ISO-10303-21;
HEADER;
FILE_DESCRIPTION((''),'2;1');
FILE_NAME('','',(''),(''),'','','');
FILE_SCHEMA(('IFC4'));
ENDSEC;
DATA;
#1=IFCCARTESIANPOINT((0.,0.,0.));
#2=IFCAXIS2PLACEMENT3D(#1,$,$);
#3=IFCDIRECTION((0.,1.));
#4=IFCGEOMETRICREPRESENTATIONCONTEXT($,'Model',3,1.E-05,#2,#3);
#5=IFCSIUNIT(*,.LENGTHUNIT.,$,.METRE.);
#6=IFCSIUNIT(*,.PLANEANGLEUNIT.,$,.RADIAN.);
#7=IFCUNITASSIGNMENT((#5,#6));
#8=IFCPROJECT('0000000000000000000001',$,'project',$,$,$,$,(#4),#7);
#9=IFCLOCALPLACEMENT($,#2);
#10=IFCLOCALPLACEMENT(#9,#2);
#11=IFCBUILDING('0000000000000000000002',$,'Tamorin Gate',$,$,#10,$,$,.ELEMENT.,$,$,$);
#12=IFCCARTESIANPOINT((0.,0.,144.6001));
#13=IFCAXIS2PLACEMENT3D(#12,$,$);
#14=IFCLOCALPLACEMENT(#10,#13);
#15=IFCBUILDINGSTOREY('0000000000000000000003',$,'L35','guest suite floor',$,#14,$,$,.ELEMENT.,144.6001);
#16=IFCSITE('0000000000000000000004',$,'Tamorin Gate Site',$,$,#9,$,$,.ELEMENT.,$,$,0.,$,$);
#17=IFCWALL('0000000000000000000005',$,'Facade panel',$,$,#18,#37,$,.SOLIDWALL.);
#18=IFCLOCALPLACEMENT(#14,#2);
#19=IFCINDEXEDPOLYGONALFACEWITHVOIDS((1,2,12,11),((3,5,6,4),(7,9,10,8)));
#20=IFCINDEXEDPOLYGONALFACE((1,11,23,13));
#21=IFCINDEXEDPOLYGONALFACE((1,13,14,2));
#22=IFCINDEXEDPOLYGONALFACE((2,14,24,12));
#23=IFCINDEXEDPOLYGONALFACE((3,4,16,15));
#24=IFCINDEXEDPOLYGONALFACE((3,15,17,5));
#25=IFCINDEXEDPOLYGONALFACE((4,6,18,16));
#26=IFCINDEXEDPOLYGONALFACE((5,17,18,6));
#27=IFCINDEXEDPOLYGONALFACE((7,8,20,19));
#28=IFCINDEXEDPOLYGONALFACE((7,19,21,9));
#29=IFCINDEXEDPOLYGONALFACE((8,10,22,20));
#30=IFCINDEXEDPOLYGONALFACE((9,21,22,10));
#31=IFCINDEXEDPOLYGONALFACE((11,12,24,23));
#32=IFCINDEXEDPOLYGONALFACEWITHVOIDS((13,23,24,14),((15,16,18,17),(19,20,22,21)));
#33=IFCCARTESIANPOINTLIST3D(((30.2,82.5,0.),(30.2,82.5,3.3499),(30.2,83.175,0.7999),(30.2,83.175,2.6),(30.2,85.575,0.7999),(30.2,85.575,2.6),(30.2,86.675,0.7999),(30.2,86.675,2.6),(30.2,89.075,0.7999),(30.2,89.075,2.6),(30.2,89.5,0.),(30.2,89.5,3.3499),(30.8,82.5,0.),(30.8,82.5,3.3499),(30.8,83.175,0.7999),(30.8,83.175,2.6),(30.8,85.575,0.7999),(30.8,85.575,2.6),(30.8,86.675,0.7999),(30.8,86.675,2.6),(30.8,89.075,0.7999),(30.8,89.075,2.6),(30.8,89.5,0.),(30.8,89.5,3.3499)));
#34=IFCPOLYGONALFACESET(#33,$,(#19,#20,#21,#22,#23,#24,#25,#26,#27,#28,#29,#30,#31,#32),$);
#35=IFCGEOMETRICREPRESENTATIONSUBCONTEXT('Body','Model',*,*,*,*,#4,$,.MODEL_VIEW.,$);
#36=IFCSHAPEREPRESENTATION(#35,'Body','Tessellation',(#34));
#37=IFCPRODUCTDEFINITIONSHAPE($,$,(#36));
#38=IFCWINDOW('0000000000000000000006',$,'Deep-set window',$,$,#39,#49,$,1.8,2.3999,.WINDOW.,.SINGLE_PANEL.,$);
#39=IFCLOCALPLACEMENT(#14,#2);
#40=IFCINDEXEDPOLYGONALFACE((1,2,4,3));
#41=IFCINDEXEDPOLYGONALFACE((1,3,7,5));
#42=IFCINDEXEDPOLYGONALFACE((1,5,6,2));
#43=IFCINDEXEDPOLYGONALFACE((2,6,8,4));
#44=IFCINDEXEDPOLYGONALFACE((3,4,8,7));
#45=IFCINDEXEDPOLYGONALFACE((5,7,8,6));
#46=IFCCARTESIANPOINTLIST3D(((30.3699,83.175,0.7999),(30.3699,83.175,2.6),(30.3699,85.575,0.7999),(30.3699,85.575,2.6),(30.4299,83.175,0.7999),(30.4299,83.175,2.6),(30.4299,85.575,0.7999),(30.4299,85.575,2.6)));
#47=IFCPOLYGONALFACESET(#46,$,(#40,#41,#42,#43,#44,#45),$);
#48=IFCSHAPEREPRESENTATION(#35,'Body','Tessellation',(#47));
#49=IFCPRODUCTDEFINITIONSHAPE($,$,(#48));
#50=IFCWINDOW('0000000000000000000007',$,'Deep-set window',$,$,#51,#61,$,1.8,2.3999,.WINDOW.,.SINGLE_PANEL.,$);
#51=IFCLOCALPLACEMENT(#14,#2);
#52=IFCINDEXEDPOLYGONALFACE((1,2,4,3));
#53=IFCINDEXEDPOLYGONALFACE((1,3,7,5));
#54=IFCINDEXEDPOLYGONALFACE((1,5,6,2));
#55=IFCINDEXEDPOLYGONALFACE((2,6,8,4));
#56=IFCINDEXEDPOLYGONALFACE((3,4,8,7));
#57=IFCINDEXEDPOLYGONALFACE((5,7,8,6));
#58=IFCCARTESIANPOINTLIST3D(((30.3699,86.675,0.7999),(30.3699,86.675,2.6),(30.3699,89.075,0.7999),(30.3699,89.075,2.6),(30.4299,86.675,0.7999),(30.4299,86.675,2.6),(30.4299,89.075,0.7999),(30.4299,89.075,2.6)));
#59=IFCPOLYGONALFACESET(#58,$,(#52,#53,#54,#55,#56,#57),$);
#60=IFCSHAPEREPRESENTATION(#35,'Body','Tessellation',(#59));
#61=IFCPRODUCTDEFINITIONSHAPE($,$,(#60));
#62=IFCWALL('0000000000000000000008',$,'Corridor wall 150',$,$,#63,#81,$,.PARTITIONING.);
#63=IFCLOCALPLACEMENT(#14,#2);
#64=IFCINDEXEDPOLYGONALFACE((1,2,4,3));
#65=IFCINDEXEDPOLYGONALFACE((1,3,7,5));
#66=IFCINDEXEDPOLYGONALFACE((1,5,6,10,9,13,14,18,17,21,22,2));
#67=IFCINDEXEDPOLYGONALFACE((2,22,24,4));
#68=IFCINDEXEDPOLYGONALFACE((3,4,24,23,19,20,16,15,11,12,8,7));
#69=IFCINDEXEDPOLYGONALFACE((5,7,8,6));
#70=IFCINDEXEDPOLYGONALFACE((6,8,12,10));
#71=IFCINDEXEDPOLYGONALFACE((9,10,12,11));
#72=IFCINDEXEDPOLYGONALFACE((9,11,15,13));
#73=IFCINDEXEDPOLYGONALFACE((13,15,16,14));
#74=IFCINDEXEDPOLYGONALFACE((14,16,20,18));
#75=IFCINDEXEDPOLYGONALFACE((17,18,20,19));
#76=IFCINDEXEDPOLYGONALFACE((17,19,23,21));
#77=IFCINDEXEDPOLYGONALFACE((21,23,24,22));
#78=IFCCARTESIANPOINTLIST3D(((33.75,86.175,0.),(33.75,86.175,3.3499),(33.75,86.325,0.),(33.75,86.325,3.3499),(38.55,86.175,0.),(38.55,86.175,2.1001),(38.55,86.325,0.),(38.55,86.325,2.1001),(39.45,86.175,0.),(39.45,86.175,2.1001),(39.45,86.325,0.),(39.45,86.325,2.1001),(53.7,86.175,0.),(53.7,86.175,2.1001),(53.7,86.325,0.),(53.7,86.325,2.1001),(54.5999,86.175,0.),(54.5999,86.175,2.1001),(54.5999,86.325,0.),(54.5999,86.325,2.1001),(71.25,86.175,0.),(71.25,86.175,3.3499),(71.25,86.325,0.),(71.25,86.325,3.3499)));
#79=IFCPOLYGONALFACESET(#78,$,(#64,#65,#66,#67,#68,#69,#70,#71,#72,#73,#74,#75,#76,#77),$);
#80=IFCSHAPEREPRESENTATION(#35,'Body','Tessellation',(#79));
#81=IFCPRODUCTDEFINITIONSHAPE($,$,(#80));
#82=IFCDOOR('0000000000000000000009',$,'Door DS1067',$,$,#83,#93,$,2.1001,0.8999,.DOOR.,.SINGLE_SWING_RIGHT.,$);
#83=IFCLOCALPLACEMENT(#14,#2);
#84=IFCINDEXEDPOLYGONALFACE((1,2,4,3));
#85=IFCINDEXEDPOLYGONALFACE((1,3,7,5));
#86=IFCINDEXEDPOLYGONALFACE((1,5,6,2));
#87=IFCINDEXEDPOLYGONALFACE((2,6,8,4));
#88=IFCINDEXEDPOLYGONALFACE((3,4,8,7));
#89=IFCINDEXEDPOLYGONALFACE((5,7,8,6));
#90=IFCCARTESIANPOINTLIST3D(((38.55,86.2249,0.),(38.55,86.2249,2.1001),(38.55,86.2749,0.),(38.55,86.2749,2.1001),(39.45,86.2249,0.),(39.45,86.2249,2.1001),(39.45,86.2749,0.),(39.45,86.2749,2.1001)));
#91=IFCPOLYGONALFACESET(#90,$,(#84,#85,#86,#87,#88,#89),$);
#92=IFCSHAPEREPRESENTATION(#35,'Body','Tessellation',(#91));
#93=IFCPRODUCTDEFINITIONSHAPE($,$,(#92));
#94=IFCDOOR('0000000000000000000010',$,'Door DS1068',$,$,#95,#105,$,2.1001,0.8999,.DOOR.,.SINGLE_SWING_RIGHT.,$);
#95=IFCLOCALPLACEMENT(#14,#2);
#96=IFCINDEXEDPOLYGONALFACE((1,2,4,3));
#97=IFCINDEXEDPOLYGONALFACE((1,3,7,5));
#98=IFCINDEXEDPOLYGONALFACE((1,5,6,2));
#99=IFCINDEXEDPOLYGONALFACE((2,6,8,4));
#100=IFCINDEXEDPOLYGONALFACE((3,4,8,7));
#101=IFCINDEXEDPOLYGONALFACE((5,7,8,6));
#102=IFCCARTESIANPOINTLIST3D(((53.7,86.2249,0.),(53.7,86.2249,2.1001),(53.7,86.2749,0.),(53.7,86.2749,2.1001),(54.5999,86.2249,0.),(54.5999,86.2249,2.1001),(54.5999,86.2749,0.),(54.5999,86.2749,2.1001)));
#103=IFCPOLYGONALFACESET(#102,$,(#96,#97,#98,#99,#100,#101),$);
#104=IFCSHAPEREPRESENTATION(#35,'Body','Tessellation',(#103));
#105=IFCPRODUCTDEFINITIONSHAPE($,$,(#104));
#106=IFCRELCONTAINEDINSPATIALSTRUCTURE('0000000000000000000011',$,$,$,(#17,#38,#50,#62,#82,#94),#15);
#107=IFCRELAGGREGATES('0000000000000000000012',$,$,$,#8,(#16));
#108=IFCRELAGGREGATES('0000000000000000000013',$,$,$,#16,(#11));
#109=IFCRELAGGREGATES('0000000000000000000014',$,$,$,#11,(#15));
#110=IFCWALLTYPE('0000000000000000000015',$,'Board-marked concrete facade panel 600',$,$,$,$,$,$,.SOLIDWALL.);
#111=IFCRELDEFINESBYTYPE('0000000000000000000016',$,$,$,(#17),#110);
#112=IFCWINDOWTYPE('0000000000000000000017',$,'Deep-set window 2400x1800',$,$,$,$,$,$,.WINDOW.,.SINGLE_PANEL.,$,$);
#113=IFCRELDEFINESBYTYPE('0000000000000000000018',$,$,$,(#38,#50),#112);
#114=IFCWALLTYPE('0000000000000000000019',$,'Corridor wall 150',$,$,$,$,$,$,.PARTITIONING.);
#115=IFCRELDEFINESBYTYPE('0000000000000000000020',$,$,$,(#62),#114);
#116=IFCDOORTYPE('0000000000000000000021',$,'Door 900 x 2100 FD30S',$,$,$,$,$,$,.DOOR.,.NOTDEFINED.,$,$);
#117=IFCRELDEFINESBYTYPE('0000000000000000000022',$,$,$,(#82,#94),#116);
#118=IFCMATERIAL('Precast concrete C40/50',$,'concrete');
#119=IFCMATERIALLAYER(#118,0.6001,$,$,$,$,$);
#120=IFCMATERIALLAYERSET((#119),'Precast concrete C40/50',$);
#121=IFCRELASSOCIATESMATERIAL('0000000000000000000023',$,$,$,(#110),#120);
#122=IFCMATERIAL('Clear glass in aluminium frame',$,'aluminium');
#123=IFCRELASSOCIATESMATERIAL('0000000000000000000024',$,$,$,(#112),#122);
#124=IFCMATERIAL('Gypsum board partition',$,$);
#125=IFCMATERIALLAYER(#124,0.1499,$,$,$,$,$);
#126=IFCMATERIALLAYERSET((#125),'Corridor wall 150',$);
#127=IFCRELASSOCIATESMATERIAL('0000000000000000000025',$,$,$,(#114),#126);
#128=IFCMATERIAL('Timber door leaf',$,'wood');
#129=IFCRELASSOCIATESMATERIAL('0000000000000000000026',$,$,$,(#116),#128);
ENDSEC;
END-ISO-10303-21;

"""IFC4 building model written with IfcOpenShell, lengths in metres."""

from ifc_helpers import new_model, si_unit, direction, frame, frame_2d, origin, place, context, subcontext, project, spatial, rectangle, extrude, material, layer, layer_set, type_object, element, fill, save


model = new_model("IFC4")

# Units and contexts
model_context = context("Model", 3, precision=1e-05, world=origin(), true_north=direction((0.0, 1.0)))
body_context = subcontext(model_context, "Body", "Model", "MODEL_VIEW")
ifc_project = project(units=[si_unit("LENGTHUNIT", "METRE"), si_unit("PLANEANGLEUNIT", "RADIAN")], contexts=[model_context])

# Site, building, storey
site_placement = place(None, origin())
site = spatial("IfcSite", under=ifc_project, at=site_placement, Name="Tamorin Gate Site", CompositionType="ELEMENT", RefElevation=0.0)
building_placement = place(site_placement, origin())
building = spatial("IfcBuilding", under=site, at=building_placement, Name="Tamorin Gate", CompositionType="ELEMENT")
storey_placement = place(building_placement, frame((0.0, 0.0, 144.6001)))
storey = spatial("IfcBuildingStorey", under=building, at=storey_placement, Name="L35", Description="guest suite floor", CompositionType="ELEMENT", Elevation=144.6001)

# Wall, openings, windows
ifc_material_1 = material(Name="Precast concrete C40/50", Category="concrete")
ifc_layer_1 = layer(ifc_material_1, 0.6001)
ifc_layer_set_1 = layer_set([ifc_layer_1], Name="Precast concrete C40/50")
wall_type_1 = type_object("IfcWallType", Name="Board-marked concrete facade panel 600", PredefinedType="SOLIDWALL", material=ifc_layer_set_1)
wall_1_placement = place(storey_placement, frame((30.5, 89.5, 0.0), z_axis=(0.0, 0.0, 1.0), x_axis=(0.0, -1.0, 0.0)))
wall_1 = element("IfcWall", 1, at=wall_1_placement, inside=storey, type_object=wall_type_1, Name="Facade panel", PredefinedType="SOLIDWALL", context=body_context, shape_type="SweptSolid", body=[
    extrude(rectangle(XDim=7.0, YDim=0.6001, at=frame_2d((3.5, 0.0))), origin(), (0.0, 0.0, 1.0), 3.3499),
])
opening_1_placement = place(wall_1_placement, frame((3.925, 0.0, 0.8)))
opening_1 = element("IfcOpeningElement", 2, at=opening_1_placement, cuts=wall_1, PredefinedType="OPENING", context=body_context, shape_type="SweptSolid", body=[
    extrude(rectangle(XDim=2.3999, YDim=1.8, at=frame_2d((1.2, 0.8999))), frame((0.0, 0.3101, 0.0), z_axis=(0.0, -1.0, 0.0), x_axis=(1.0, 0.0, 0.0)), (0.0, 0.0, 1.0), 0.6201),
])
opening_2_placement = place(wall_1_placement, frame((0.425, 0.0, 0.8)))
opening_2 = element("IfcOpeningElement", 3, at=opening_2_placement, cuts=wall_1, PredefinedType="OPENING", context=body_context, shape_type="SweptSolid", body=[
    extrude(rectangle(XDim=2.3999, YDim=1.8, at=frame_2d((1.2, 0.8999))), frame((0.0, 0.3101, 0.0), z_axis=(0.0, -1.0, 0.0), x_axis=(1.0, 0.0, 0.0)), (0.0, 0.0, 1.0), 0.6201),
])
ifc_material_2 = material(Name="Clear glass in aluminium frame", Category="aluminium")
window_type = type_object("IfcWindowType", Name="Deep-set window 2400x1800", PartitioningType="SINGLE_PANEL", PredefinedType="WINDOW", material=ifc_material_2)
window_1_placement = place(opening_1_placement, origin())
window_1 = element("IfcWindow", 4, at=window_1_placement, inside=storey, type_object=window_type, Name="Deep-set window", OverallHeight=1.8, OverallWidth=2.3999, PartitioningType="SINGLE_PANEL", PredefinedType="WINDOW", context=body_context, shape_type="SweptSolid", body=[
    extrude(rectangle(XDim=2.3999, YDim=1.8, at=frame_2d((1.2, 0.8999))), frame((0.0, -0.0701, 0.0), z_axis=(0.0, -1.0, 0.0), x_axis=(1.0, 0.0, 0.0)), (0.0, 0.0, 1.0), 0.0601),
])
fill(opening_1, window_1)
window_2_placement = place(opening_2_placement, origin())
window_2 = element("IfcWindow", 5, at=window_2_placement, inside=storey, type_object=window_type, Name="Deep-set window", OverallHeight=1.8, OverallWidth=2.3999, PartitioningType="SINGLE_PANEL", PredefinedType="WINDOW", context=body_context, shape_type="SweptSolid", body=[
    extrude(rectangle(XDim=2.3999, YDim=1.8, at=frame_2d((1.2, 0.8999))), frame((0.0, -0.0701, 0.0), z_axis=(0.0, -1.0, 0.0), x_axis=(1.0, 0.0, 0.0)), (0.0, 0.0, 1.0), 0.0601),
])
fill(opening_2, window_2)

# Wall, openings, doors
ifc_material_3 = material(Name="Gypsum board partition")
ifc_layer_2 = layer(ifc_material_3, 0.1499)
ifc_layer_set_2 = layer_set([ifc_layer_2], Name="Corridor wall 150")
wall_type_2 = type_object("IfcWallType", Name="Corridor wall 150", PredefinedType="PARTITIONING", material=ifc_layer_set_2)
wall_2_placement = place(storey_placement, frame((33.75, 86.25, 0.0), z_axis=(0.0, 0.0, 1.0), x_axis=(1.0, 0.0, 0.0)))
wall_2 = element("IfcWall", 6, at=wall_2_placement, inside=storey, type_object=wall_type_2, Name="Corridor wall 150", PredefinedType="PARTITIONING", context=body_context, shape_type="SweptSolid", body=[
    extrude(rectangle(XDim=37.5, YDim=0.1499, at=frame_2d((18.75, 0.0))), origin(), (0.0, 0.0, 1.0), 3.3499),
])
opening_3_placement = place(wall_2_placement, frame((4.8, 0.0, 0.0)))
opening_3 = element("IfcOpeningElement", 7, at=opening_3_placement, cuts=wall_2, PredefinedType="OPENING", context=body_context, shape_type="SweptSolid", body=[
    extrude(rectangle(XDim=0.8999, YDim=2.1001, at=frame_2d((0.45, 1.05))), frame((0.0, 0.085, 0.0), z_axis=(0.0, -1.0, 0.0), x_axis=(1.0, 0.0, 0.0)), (0.0, 0.0, 1.0), 0.1699),
])
opening_4_placement = place(wall_2_placement, frame((19.95, 0.0, 0.0)))
opening_4 = element("IfcOpeningElement", 8, at=opening_4_placement, cuts=wall_2, PredefinedType="OPENING", context=body_context, shape_type="SweptSolid", body=[
    extrude(rectangle(XDim=0.8999, YDim=2.1001, at=frame_2d((0.45, 1.05))), frame((0.0, 0.085, 0.0), z_axis=(0.0, -1.0, 0.0), x_axis=(1.0, 0.0, 0.0)), (0.0, 0.0, 1.0), 0.1699),
])
ifc_material_4 = material(Name="Timber door leaf", Category="wood")
door_type_1 = type_object("IfcDoorType", Name="Door 900 x 2100 FD30S", OperationType="NOTDEFINED", PredefinedType="DOOR", material=ifc_material_4)
door_1_placement = place(opening_3_placement, origin())
door_1 = element("IfcDoor", 9, at=door_1_placement, inside=storey, type_object=door_type_1, Name="Door DS1067", OperationType="SINGLE_SWING_RIGHT", OverallHeight=2.1001, OverallWidth=0.8999, PredefinedType="DOOR", context=body_context, shape_type="SweptSolid", body=[
    extrude(rectangle(XDim=0.8999, YDim=2.1001, at=frame_2d((0.45, 1.05))), frame((0.0, 0.0249, 0.0), z_axis=(0.0, -1.0, 0.0), x_axis=(1.0, 0.0, 0.0)), (0.0, 0.0, 1.0), 0.05),
])
fill(opening_3, door_1)
door_2_placement = place(opening_4_placement, origin())
door_2 = element("IfcDoor", 10, at=door_2_placement, inside=storey, type_object=door_type_1, Name="Door DS1068", OperationType="SINGLE_SWING_RIGHT", OverallHeight=2.1001, OverallWidth=0.8999, PredefinedType="DOOR", context=body_context, shape_type="SweptSolid", body=[
    extrude(rectangle(XDim=0.8999, YDim=2.1001, at=frame_2d((0.45, 1.05))), frame((0.0, 0.0249, 0.0), z_axis=(0.0, -1.0, 0.0), x_axis=(1.0, 0.0, 0.0)), (0.0, 0.0, 1.0), 0.05),
])
fill(opening_4, door_2)

save(model, "model.ifc")
